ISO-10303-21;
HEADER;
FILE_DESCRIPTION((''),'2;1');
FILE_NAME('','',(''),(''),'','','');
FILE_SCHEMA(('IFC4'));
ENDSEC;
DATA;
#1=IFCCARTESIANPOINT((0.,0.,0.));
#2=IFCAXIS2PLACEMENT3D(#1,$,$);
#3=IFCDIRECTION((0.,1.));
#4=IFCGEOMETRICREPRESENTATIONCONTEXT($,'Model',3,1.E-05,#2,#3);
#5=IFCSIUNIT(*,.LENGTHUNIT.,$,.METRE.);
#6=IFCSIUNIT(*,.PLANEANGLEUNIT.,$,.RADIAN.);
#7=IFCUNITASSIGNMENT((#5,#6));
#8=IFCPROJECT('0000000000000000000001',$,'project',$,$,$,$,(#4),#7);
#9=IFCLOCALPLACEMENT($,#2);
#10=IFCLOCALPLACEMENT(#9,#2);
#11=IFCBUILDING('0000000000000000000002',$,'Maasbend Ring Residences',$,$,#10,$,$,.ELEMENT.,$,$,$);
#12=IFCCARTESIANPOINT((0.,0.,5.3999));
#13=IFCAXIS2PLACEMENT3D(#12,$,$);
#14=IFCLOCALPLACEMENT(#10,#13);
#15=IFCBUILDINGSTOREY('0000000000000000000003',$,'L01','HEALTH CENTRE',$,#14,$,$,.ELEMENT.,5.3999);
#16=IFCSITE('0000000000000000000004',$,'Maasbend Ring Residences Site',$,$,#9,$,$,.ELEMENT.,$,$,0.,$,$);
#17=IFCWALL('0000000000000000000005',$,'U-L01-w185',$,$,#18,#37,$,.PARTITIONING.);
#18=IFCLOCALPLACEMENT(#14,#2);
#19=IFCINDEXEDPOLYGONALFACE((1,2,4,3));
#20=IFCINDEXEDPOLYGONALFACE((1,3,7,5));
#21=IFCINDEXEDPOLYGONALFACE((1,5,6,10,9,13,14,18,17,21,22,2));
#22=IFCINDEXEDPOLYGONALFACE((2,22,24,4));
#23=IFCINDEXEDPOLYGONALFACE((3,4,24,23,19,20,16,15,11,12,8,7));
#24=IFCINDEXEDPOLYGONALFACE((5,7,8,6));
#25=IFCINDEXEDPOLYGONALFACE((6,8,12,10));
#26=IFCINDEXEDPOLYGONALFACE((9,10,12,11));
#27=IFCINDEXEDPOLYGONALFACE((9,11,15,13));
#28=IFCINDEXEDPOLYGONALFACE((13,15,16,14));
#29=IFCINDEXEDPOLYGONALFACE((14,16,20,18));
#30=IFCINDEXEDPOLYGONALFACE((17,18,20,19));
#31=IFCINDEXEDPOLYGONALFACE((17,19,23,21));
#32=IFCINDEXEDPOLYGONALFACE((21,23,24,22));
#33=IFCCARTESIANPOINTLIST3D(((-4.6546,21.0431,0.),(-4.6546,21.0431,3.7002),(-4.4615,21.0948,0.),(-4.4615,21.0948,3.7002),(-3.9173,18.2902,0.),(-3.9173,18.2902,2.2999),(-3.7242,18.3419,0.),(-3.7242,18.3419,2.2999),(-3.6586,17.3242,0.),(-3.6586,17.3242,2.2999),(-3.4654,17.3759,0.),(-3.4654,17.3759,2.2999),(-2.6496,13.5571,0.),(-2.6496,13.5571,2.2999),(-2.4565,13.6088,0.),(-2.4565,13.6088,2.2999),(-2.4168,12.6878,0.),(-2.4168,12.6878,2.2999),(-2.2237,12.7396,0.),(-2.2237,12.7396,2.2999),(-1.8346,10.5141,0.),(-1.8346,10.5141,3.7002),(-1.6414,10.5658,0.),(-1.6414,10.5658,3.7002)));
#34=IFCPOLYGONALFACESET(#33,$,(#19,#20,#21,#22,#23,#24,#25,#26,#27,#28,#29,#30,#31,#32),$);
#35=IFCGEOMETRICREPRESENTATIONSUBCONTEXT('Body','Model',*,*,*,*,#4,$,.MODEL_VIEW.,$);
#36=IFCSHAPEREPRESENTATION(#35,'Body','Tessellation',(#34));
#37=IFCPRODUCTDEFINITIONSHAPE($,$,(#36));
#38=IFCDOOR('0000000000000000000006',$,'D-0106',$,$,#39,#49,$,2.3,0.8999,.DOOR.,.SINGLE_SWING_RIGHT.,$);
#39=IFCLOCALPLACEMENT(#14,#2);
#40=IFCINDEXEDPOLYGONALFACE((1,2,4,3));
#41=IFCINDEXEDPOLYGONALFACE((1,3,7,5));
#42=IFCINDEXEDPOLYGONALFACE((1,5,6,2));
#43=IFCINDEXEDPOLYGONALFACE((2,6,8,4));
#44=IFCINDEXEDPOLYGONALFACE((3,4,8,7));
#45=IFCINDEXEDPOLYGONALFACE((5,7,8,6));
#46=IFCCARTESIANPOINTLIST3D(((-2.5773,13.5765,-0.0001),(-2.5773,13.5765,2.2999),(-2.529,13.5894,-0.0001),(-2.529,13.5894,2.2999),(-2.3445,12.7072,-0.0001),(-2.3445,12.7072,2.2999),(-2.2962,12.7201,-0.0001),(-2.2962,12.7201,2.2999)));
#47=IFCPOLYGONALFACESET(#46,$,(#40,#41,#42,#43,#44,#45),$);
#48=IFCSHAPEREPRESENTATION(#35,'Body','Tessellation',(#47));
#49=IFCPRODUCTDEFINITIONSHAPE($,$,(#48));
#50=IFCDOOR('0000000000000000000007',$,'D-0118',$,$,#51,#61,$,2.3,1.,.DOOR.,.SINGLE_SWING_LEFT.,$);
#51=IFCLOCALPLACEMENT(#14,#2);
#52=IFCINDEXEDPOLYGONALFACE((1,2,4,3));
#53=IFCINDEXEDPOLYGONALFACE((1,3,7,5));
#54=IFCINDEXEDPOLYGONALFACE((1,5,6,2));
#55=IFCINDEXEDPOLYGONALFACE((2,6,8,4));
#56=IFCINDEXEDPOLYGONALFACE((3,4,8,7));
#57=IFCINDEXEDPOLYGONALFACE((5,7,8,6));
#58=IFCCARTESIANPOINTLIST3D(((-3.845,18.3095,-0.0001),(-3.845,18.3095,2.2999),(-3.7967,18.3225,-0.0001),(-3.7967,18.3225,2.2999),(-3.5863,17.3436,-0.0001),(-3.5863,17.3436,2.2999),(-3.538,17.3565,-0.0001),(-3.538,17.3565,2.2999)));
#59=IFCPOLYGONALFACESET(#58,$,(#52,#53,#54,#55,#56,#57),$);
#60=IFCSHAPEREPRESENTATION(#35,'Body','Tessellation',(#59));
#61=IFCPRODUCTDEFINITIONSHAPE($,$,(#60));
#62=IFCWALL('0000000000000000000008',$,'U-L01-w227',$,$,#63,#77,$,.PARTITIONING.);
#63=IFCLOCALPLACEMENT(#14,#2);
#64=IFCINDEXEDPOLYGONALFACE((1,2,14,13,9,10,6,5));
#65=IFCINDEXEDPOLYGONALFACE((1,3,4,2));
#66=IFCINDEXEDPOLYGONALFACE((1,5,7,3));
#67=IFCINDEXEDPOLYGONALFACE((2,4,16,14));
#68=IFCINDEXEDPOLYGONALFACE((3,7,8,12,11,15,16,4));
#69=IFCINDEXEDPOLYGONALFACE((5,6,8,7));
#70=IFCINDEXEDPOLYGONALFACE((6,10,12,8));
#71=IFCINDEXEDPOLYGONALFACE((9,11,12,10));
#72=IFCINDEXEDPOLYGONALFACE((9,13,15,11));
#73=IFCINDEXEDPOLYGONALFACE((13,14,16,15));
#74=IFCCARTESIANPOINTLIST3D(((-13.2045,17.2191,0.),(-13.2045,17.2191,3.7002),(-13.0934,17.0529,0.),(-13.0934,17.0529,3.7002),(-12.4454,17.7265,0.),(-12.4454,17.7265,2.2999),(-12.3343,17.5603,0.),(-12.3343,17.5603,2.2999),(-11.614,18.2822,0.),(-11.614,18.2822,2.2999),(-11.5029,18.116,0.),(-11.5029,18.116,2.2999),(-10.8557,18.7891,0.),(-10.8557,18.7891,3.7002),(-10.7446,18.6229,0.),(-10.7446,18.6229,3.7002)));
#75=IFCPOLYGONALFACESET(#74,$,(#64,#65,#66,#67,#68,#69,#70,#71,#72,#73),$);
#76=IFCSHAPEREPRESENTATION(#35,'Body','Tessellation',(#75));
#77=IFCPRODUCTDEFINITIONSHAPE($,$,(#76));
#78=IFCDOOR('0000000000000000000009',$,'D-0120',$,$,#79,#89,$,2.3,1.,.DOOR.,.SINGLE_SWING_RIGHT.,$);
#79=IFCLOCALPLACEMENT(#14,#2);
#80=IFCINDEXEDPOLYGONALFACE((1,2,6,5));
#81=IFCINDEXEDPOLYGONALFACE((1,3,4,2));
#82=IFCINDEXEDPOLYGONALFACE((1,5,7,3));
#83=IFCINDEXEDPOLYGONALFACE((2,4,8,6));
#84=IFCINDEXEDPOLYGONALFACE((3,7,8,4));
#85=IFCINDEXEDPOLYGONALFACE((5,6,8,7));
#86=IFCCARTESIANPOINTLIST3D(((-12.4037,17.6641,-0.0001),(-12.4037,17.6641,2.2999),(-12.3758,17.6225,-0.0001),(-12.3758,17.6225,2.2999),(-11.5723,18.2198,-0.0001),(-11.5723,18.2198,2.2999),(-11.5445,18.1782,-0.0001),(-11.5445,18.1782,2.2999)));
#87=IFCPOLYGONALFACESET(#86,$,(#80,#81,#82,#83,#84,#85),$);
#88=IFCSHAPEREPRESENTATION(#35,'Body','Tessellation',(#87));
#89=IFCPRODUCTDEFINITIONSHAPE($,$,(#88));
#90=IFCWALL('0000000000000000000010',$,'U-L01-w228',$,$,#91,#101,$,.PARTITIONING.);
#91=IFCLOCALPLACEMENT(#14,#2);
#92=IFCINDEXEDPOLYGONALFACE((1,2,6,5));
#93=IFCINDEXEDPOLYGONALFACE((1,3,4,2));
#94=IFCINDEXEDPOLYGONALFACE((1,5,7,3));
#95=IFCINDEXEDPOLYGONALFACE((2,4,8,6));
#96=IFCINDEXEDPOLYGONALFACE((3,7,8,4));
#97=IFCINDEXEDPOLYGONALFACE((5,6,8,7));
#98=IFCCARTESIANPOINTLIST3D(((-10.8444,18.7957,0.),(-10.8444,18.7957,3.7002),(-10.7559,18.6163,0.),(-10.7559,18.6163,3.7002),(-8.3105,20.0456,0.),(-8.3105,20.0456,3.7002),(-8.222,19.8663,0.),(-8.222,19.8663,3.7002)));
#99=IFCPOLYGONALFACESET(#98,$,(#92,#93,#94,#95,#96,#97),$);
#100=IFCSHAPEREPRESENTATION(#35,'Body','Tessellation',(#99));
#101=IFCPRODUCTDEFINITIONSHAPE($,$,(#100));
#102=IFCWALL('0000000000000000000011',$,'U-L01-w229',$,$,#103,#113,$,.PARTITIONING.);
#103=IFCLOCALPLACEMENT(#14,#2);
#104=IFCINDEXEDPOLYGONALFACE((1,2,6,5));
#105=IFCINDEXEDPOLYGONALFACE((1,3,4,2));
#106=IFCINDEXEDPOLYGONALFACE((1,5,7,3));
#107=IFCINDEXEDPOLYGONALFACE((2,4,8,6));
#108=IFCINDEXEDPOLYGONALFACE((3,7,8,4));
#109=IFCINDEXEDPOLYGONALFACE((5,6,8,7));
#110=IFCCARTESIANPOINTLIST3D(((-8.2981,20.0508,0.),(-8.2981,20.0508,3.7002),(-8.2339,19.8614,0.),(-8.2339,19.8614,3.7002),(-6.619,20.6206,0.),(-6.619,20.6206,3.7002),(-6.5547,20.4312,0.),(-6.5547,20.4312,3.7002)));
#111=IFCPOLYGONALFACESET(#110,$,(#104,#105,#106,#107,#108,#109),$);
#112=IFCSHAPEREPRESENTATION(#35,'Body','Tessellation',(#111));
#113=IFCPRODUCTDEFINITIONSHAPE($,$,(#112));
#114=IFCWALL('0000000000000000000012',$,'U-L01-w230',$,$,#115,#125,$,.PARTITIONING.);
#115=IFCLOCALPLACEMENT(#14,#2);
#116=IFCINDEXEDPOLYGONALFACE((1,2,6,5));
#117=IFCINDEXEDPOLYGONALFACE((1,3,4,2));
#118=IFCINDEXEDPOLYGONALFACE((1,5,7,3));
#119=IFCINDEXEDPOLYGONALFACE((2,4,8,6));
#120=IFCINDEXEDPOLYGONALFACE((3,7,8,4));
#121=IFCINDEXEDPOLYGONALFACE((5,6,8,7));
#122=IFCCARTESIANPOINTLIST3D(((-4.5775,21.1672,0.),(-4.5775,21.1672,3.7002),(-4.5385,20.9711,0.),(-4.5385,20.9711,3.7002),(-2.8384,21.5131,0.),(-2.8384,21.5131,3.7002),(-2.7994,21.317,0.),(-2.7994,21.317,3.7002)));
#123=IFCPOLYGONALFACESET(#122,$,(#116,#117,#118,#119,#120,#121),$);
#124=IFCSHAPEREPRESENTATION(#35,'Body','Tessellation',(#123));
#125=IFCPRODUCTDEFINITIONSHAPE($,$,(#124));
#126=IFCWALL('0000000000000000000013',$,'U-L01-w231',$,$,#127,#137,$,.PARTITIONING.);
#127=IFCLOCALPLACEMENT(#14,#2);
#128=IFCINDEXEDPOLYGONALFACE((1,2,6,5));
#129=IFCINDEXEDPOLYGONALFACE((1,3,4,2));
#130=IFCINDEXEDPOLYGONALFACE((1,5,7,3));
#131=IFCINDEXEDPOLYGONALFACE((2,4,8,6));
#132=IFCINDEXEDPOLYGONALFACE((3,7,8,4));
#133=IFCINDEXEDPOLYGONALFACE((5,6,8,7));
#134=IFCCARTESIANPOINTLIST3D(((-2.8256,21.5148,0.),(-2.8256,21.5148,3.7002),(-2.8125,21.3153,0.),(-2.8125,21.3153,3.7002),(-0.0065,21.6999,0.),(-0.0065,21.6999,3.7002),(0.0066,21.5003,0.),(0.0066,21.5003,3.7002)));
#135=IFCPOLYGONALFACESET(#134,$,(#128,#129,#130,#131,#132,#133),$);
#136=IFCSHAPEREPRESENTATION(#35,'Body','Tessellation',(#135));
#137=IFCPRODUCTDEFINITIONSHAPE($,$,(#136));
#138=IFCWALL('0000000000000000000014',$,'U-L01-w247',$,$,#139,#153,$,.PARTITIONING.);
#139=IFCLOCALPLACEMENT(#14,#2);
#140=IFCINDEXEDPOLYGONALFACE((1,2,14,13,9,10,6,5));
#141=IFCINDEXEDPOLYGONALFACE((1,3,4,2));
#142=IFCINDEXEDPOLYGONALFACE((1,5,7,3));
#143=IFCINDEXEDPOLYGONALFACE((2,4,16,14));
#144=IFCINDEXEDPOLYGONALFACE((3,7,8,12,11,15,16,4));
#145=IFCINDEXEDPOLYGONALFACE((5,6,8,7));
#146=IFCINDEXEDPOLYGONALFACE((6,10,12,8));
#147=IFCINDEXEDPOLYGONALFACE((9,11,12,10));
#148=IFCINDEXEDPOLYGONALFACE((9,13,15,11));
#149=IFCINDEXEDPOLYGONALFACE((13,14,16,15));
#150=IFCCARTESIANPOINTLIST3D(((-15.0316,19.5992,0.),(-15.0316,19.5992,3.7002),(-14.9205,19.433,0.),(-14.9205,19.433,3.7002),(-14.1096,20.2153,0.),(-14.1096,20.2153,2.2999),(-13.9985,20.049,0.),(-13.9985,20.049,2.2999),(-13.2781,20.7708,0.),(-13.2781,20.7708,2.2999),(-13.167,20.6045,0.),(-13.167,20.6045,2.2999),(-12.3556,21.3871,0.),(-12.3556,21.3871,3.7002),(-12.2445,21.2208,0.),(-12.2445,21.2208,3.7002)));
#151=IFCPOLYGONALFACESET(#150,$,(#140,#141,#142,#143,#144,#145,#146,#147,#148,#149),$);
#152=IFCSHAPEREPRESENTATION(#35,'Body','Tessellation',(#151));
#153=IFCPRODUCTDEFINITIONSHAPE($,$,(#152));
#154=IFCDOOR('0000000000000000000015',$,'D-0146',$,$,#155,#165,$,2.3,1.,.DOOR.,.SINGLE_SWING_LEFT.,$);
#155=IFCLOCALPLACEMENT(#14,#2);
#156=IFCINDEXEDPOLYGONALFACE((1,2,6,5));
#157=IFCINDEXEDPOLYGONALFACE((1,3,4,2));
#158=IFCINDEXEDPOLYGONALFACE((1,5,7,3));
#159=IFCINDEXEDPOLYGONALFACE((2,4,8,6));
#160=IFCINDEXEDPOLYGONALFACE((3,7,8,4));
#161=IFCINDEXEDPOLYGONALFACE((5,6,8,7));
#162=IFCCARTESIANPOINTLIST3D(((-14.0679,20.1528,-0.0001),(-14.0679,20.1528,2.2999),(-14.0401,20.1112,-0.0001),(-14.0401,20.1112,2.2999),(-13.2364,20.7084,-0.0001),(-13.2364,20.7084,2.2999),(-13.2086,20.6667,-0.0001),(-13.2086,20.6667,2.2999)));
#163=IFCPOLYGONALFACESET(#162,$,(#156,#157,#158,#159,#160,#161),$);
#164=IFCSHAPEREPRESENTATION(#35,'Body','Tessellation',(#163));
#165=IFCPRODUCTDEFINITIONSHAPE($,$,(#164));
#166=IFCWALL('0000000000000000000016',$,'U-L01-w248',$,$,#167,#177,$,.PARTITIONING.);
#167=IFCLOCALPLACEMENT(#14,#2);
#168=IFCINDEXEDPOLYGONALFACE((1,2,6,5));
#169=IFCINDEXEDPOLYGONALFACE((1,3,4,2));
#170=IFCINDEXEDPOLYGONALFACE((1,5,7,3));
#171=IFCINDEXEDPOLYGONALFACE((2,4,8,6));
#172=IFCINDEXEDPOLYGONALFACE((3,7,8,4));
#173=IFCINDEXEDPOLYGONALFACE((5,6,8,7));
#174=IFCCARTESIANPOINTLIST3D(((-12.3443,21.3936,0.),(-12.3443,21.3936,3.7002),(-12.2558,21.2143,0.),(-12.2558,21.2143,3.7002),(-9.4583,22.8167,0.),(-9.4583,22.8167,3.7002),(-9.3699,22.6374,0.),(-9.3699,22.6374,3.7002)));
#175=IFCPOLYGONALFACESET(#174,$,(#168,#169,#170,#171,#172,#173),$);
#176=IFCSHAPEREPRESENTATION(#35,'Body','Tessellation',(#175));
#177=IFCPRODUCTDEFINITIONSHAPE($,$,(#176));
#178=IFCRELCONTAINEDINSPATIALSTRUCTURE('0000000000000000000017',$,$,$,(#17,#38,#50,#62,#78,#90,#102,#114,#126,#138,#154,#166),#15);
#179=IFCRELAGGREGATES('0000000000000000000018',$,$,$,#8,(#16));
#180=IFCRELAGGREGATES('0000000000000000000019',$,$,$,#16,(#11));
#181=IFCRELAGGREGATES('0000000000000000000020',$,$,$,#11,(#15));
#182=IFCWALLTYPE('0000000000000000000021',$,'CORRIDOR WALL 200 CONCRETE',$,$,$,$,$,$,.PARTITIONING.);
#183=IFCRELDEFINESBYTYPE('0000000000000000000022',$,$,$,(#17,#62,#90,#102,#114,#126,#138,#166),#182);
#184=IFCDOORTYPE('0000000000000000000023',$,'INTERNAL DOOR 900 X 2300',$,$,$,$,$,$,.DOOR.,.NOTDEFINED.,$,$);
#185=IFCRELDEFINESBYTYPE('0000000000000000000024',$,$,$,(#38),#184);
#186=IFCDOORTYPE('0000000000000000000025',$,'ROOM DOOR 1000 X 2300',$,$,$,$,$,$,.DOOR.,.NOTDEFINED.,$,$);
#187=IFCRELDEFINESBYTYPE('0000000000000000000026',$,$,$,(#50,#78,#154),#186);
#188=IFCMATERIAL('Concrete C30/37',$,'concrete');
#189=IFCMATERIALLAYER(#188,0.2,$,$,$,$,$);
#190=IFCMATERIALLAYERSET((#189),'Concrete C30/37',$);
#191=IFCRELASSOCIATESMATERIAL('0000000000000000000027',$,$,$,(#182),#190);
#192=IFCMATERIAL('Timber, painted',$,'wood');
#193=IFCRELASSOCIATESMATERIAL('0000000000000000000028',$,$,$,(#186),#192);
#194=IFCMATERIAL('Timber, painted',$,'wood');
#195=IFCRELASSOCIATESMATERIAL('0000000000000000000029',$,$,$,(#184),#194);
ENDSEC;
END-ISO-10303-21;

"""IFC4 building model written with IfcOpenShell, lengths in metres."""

from ifc_helpers import new_model, si_unit, direction, frame, frame_2d, origin, place, context, subcontext, project, spatial, rectangle, extrude, material, layer, layer_set, type_object, element, fill, save


model = new_model("IFC4")

# Units and contexts
model_context = context("Model", 3, precision=1e-05, world=origin(), true_north=direction((0.0, 1.0)))
body_context = subcontext(model_context, "Body", "Model", "MODEL_VIEW")
ifc_project = project(units=[si_unit("LENGTHUNIT", "METRE"), si_unit("PLANEANGLEUNIT", "RADIAN")], contexts=[model_context])

# Site, building, storey
site_placement = place(None, origin())
site = spatial("IfcSite", under=ifc_project, at=site_placement, Name="Maasbend Ring Residences Site", CompositionType="ELEMENT", RefElevation=0.0)
building_placement = place(site_placement, origin())
building = spatial("IfcBuilding", under=site, at=building_placement, Name="Maasbend Ring Residences", CompositionType="ELEMENT")
storey_placement = place(building_placement, frame((0.0, 0.0, 5.3999)))
storey = spatial("IfcBuildingStorey", under=building, at=storey_placement, Name="L01", Description="HEALTH CENTRE", CompositionType="ELEMENT", Elevation=5.3999)

# Wall, openings, doors
ifc_material_1 = material(Name="Concrete C30/37", Category="concrete")
ifc_layer_1 = layer(ifc_material_1, 0.2)
ifc_layer_set_1 = layer_set([ifc_layer_1], Name="Concrete C30/37")
wall_type_1 = type_object("IfcWallType", Name="CORRIDOR WALL 200 CONCRETE", PredefinedType="PARTITIONING", material=ifc_layer_set_1)
ifc_material_2 = material(Name="Timber, painted", Category="wood")
door_type_1 = type_object("IfcDoorType", Name="ROOM DOOR 1000 X 2300", OperationType="NOTDEFINED", PredefinedType="DOOR", material=ifc_material_2)
wall_1_placement = place(storey_placement, frame((-4.5581, 21.0691, 0.0), z_axis=(0.0, 0.0, 1.0), x_axis=(0.258718, -0.965953, 0.0)))
wall_1 = element("IfcWall", 1, at=wall_1_placement, inside=storey, type_object=wall_type_1, Name="U-L01-w185", PredefinedType="PARTITIONING", context=body_context, shape_type="SweptSolid", body=[
    extrude(rectangle(XDim=10.9001, YDim=0.2, at=frame_2d((5.4502, 0.0))), origin(), (0.0, 0.0, 1.0), 3.7002),
])
opening_1_placement = place(wall_1_placement, frame((7.75, 0.0, 0.0)))
opening_1 = element("IfcOpeningElement", 2, at=opening_1_placement, cuts=wall_1, PredefinedType="OPENING", context=body_context, shape_type="SweptSolid", body=[
    extrude(rectangle(XDim=0.8999, YDim=2.3, at=frame_2d((0.45, 1.1499))), frame((0.0, 0.1099, 0.0), z_axis=(0.0, -1.0, 0.0), x_axis=(1.0, 0.0, 0.0)), (0.0, 0.0, 1.0), 0.22),
])
opening_2_placement = place(wall_1_placement, frame((2.8501, 0.0, 0.0)))
opening_2 = element("IfcOpeningElement", 3, at=opening_2_placement, cuts=wall_1, PredefinedType="OPENING", context=body_context, shape_type="SweptSolid", body=[
    extrude(rectangle(XDim=1.0, YDim=2.3, at=frame_2d((0.5, 1.1499))), frame((0.0, 0.1099, 0.0), z_axis=(0.0, -1.0, 0.0), x_axis=(1.0, 0.0, 0.0)), (0.0, 0.0, 1.0), 0.22),
])
ifc_material_3 = material(Name="Timber, painted", Category="wood")
door_type_2 = type_object("IfcDoorType", Name="INTERNAL DOOR 900 X 2300", OperationType="NOTDEFINED", PredefinedType="DOOR", material=ifc_material_3)
door_1_placement = place(opening_1_placement, origin())
door_1 = element("IfcDoor", 4, at=door_1_placement, inside=storey, type_object=door_type_2, Name="D-0106", OperationType="SINGLE_SWING_RIGHT", OverallHeight=2.3, OverallWidth=0.8999, PredefinedType="DOOR", context=body_context, shape_type="SweptSolid", body=[
    extrude(rectangle(XDim=0.8999, YDim=2.3, at=frame_2d((0.45, 1.1499))), frame((0.0, 0.0249, 0.0), z_axis=(0.0, -1.0, 0.0), x_axis=(1.0, 0.0, 0.0)), (0.0, 0.0, 1.0), 0.05),
])
fill(opening_1, door_1)
door_2_placement = place(opening_2_placement, origin())
door_2 = element("IfcDoor", 5, at=door_2_placement, inside=storey, type_object=door_type_1, Name="D-0118", OperationType="SINGLE_SWING_LEFT", OverallHeight=2.3, OverallWidth=1.0, PredefinedType="DOOR", context=body_context, shape_type="SweptSolid", body=[
    extrude(rectangle(XDim=1.0, YDim=2.3, at=frame_2d((0.5, 1.1499))), frame((0.0, 0.0249, 0.0), z_axis=(0.0, -1.0, 0.0), x_axis=(1.0, 0.0, 0.0)), (0.0, 0.0, 1.0), 0.05),
])
fill(opening_2, door_2)

# Wall, opening, door
wall_2_placement = place(storey_placement, frame((-13.1489, 17.136, 0.0), z_axis=(0.0, 0.0, 1.0), x_axis=(0.831372, 0.555717, 0.0)))
wall_2 = element("IfcWall", 6, at=wall_2_placement, inside=storey, type_object=wall_type_1, Name="U-L01-w227", PredefinedType="PARTITIONING", context=body_context, shape_type="SweptSolid", body=[
    extrude(rectangle(XDim=2.8252, YDim=0.2, at=frame_2d((1.4126, 0.0))), origin(), (0.0, 0.0, 1.0), 3.7002),
])
opening_3_placement = place(wall_2_placement, frame((0.9131, 0.0, 0.0)))
opening_3 = element("IfcOpeningElement", 7, at=opening_3_placement, cuts=wall_2, PredefinedType="OPENING", context=body_context, shape_type="SweptSolid", body=[
    extrude(rectangle(XDim=1.0, YDim=2.3, at=frame_2d((0.5, 1.1499))), frame((0.0, 0.1099, 0.0), z_axis=(0.0, -1.0, 0.0), x_axis=(1.0, 0.0, 0.0)), (0.0, 0.0, 1.0), 0.22),
])
door_3_placement = place(opening_3_placement, origin())
door_3 = element("IfcDoor", 8, at=door_3_placement, inside=storey, type_object=door_type_1, Name="D-0120", OperationType="SINGLE_SWING_RIGHT", OverallHeight=2.3, OverallWidth=1.0, PredefinedType="DOOR", context=body_context, shape_type="SweptSolid", body=[
    extrude(rectangle(XDim=1.0, YDim=2.3, at=frame_2d((0.5, 1.1499))), frame((0.0, 0.0249, 0.0), z_axis=(0.0, -1.0, 0.0), x_axis=(1.0, 0.0, 0.0)), (0.0, 0.0, 1.0), 0.05),
])
fill(opening_3, door_3)

# Walls
wall_3_placement = place(storey_placement, frame((-10.8, 18.7061, 0.0), z_axis=(0.0, 0.0, 1.0), x_axis=(0.896816, 0.442403, 0.0)))
element("IfcWall", 9, at=wall_3_placement, inside=storey, type_object=wall_type_1, Name="U-L01-w228", PredefinedType="PARTITIONING", context=body_context, shape_type="SweptSolid", body=[
    extrude(rectangle(XDim=2.8254, YDim=0.2, at=frame_2d((1.4126, 0.0))), origin(), (0.0, 0.0, 1.0), 3.7002),
])
for number, where, z_axis, x_axis, name in (
    (10, (-8.2661, 19.9561, 0.0), (0.0, 0.0, 1.0), (0.946962, 0.321345, 0.0), "U-L01-w229"),
    (11, (-4.5581, 21.0691, 0.0), (0.0, 0.0, 1.0), (0.980781, 0.19511, 0.0), "U-L01-w230"),
):
    element("IfcWall", number, at=place(storey_placement, frame(where, z_axis=z_axis, x_axis=x_axis)), inside=storey, type_object=wall_type_1, Name=name, PredefinedType="PARTITIONING", context=body_context, shape_type="SweptSolid", body=[
        extrude(rectangle(XDim=1.7732, YDim=0.2, at=frame_2d((0.8867, 0.0))), origin(), (0.0, 0.0, 1.0), 3.7002),
    ])
wall_4_placement = place(storey_placement, frame((-2.8191, 21.415, 0.0), z_axis=(0.0, 0.0, 1.0), x_axis=(0.997852, 0.065504, 0.0)))
element("IfcWall", 12, at=wall_4_placement, inside=storey, type_object=wall_type_1, Name="U-L01-w231", PredefinedType="PARTITIONING", context=body_context, shape_type="SweptSolid", body=[
    extrude(rectangle(XDim=2.8252, YDim=0.2, at=frame_2d((1.4126, 0.0))), origin(), (0.0, 0.0, 1.0), 3.7002),
])

# Wall, opening, door
wall_5_placement = place(storey_placement, frame((-14.9761, 19.5161, 0.0), z_axis=(0.0, 0.0, 1.0), x_axis=(0.831501, 0.555523, 0.0)))
wall_5 = element("IfcWall", 13, at=wall_5_placement, inside=storey, type_object=wall_type_1, Name="U-L01-w247", PredefinedType="PARTITIONING", context=body_context, shape_type="SweptSolid", body=[
    extrude(rectangle(XDim=3.2183, YDim=0.2, at=frame_2d((1.6091, 0.0))), origin(), (0.0, 0.0, 1.0), 3.7002),
])
opening_4_placement = place(wall_5_placement, frame((1.1089, 0.0, 0.0)))
opening_4 = element("IfcOpeningElement", 14, at=opening_4_placement, cuts=wall_5, PredefinedType="OPENING", context=body_context, shape_type="SweptSolid", body=[
    extrude(rectangle(XDim=1.0, YDim=2.3, at=frame_2d((0.5, 1.1499))), frame((0.0, 0.1099, 0.0), z_axis=(0.0, -1.0, 0.0), x_axis=(1.0, 0.0, 0.0)), (0.0, 0.0, 1.0), 0.22),
])
door_4_placement = place(opening_4_placement, origin())
door_4 = element("IfcDoor", 15, at=door_4_placement, inside=storey, type_object=door_type_1, Name="D-0146", OperationType="SINGLE_SWING_LEFT", OverallHeight=2.3, OverallWidth=1.0, PredefinedType="DOOR", context=body_context, shape_type="SweptSolid", body=[
    extrude(rectangle(XDim=1.0, YDim=2.3, at=frame_2d((0.5, 1.1499))), frame((0.0, 0.0249, 0.0), z_axis=(0.0, -1.0, 0.0), x_axis=(1.0, 0.0, 0.0)), (0.0, 0.0, 1.0), 0.05),
])
fill(opening_4, door_4)

# Wall
wall_6_placement = place(storey_placement, frame((-12.3, 21.304, 0.0), z_axis=(0.0, 0.0, 1.0), x_axis=(0.896887, 0.44226, 0.0)))
element("IfcWall", 16, at=wall_6_placement, inside=storey, type_object=wall_type_1, Name="U-L01-w248", PredefinedType="PARTITIONING", context=body_context, shape_type="SweptSolid", body=[
    extrude(rectangle(XDim=3.2178, YDim=0.2, at=frame_2d((1.6089, 0.0))), origin(), (0.0, 0.0, 1.0), 3.7002),
])

save(model, "model.ifc")
